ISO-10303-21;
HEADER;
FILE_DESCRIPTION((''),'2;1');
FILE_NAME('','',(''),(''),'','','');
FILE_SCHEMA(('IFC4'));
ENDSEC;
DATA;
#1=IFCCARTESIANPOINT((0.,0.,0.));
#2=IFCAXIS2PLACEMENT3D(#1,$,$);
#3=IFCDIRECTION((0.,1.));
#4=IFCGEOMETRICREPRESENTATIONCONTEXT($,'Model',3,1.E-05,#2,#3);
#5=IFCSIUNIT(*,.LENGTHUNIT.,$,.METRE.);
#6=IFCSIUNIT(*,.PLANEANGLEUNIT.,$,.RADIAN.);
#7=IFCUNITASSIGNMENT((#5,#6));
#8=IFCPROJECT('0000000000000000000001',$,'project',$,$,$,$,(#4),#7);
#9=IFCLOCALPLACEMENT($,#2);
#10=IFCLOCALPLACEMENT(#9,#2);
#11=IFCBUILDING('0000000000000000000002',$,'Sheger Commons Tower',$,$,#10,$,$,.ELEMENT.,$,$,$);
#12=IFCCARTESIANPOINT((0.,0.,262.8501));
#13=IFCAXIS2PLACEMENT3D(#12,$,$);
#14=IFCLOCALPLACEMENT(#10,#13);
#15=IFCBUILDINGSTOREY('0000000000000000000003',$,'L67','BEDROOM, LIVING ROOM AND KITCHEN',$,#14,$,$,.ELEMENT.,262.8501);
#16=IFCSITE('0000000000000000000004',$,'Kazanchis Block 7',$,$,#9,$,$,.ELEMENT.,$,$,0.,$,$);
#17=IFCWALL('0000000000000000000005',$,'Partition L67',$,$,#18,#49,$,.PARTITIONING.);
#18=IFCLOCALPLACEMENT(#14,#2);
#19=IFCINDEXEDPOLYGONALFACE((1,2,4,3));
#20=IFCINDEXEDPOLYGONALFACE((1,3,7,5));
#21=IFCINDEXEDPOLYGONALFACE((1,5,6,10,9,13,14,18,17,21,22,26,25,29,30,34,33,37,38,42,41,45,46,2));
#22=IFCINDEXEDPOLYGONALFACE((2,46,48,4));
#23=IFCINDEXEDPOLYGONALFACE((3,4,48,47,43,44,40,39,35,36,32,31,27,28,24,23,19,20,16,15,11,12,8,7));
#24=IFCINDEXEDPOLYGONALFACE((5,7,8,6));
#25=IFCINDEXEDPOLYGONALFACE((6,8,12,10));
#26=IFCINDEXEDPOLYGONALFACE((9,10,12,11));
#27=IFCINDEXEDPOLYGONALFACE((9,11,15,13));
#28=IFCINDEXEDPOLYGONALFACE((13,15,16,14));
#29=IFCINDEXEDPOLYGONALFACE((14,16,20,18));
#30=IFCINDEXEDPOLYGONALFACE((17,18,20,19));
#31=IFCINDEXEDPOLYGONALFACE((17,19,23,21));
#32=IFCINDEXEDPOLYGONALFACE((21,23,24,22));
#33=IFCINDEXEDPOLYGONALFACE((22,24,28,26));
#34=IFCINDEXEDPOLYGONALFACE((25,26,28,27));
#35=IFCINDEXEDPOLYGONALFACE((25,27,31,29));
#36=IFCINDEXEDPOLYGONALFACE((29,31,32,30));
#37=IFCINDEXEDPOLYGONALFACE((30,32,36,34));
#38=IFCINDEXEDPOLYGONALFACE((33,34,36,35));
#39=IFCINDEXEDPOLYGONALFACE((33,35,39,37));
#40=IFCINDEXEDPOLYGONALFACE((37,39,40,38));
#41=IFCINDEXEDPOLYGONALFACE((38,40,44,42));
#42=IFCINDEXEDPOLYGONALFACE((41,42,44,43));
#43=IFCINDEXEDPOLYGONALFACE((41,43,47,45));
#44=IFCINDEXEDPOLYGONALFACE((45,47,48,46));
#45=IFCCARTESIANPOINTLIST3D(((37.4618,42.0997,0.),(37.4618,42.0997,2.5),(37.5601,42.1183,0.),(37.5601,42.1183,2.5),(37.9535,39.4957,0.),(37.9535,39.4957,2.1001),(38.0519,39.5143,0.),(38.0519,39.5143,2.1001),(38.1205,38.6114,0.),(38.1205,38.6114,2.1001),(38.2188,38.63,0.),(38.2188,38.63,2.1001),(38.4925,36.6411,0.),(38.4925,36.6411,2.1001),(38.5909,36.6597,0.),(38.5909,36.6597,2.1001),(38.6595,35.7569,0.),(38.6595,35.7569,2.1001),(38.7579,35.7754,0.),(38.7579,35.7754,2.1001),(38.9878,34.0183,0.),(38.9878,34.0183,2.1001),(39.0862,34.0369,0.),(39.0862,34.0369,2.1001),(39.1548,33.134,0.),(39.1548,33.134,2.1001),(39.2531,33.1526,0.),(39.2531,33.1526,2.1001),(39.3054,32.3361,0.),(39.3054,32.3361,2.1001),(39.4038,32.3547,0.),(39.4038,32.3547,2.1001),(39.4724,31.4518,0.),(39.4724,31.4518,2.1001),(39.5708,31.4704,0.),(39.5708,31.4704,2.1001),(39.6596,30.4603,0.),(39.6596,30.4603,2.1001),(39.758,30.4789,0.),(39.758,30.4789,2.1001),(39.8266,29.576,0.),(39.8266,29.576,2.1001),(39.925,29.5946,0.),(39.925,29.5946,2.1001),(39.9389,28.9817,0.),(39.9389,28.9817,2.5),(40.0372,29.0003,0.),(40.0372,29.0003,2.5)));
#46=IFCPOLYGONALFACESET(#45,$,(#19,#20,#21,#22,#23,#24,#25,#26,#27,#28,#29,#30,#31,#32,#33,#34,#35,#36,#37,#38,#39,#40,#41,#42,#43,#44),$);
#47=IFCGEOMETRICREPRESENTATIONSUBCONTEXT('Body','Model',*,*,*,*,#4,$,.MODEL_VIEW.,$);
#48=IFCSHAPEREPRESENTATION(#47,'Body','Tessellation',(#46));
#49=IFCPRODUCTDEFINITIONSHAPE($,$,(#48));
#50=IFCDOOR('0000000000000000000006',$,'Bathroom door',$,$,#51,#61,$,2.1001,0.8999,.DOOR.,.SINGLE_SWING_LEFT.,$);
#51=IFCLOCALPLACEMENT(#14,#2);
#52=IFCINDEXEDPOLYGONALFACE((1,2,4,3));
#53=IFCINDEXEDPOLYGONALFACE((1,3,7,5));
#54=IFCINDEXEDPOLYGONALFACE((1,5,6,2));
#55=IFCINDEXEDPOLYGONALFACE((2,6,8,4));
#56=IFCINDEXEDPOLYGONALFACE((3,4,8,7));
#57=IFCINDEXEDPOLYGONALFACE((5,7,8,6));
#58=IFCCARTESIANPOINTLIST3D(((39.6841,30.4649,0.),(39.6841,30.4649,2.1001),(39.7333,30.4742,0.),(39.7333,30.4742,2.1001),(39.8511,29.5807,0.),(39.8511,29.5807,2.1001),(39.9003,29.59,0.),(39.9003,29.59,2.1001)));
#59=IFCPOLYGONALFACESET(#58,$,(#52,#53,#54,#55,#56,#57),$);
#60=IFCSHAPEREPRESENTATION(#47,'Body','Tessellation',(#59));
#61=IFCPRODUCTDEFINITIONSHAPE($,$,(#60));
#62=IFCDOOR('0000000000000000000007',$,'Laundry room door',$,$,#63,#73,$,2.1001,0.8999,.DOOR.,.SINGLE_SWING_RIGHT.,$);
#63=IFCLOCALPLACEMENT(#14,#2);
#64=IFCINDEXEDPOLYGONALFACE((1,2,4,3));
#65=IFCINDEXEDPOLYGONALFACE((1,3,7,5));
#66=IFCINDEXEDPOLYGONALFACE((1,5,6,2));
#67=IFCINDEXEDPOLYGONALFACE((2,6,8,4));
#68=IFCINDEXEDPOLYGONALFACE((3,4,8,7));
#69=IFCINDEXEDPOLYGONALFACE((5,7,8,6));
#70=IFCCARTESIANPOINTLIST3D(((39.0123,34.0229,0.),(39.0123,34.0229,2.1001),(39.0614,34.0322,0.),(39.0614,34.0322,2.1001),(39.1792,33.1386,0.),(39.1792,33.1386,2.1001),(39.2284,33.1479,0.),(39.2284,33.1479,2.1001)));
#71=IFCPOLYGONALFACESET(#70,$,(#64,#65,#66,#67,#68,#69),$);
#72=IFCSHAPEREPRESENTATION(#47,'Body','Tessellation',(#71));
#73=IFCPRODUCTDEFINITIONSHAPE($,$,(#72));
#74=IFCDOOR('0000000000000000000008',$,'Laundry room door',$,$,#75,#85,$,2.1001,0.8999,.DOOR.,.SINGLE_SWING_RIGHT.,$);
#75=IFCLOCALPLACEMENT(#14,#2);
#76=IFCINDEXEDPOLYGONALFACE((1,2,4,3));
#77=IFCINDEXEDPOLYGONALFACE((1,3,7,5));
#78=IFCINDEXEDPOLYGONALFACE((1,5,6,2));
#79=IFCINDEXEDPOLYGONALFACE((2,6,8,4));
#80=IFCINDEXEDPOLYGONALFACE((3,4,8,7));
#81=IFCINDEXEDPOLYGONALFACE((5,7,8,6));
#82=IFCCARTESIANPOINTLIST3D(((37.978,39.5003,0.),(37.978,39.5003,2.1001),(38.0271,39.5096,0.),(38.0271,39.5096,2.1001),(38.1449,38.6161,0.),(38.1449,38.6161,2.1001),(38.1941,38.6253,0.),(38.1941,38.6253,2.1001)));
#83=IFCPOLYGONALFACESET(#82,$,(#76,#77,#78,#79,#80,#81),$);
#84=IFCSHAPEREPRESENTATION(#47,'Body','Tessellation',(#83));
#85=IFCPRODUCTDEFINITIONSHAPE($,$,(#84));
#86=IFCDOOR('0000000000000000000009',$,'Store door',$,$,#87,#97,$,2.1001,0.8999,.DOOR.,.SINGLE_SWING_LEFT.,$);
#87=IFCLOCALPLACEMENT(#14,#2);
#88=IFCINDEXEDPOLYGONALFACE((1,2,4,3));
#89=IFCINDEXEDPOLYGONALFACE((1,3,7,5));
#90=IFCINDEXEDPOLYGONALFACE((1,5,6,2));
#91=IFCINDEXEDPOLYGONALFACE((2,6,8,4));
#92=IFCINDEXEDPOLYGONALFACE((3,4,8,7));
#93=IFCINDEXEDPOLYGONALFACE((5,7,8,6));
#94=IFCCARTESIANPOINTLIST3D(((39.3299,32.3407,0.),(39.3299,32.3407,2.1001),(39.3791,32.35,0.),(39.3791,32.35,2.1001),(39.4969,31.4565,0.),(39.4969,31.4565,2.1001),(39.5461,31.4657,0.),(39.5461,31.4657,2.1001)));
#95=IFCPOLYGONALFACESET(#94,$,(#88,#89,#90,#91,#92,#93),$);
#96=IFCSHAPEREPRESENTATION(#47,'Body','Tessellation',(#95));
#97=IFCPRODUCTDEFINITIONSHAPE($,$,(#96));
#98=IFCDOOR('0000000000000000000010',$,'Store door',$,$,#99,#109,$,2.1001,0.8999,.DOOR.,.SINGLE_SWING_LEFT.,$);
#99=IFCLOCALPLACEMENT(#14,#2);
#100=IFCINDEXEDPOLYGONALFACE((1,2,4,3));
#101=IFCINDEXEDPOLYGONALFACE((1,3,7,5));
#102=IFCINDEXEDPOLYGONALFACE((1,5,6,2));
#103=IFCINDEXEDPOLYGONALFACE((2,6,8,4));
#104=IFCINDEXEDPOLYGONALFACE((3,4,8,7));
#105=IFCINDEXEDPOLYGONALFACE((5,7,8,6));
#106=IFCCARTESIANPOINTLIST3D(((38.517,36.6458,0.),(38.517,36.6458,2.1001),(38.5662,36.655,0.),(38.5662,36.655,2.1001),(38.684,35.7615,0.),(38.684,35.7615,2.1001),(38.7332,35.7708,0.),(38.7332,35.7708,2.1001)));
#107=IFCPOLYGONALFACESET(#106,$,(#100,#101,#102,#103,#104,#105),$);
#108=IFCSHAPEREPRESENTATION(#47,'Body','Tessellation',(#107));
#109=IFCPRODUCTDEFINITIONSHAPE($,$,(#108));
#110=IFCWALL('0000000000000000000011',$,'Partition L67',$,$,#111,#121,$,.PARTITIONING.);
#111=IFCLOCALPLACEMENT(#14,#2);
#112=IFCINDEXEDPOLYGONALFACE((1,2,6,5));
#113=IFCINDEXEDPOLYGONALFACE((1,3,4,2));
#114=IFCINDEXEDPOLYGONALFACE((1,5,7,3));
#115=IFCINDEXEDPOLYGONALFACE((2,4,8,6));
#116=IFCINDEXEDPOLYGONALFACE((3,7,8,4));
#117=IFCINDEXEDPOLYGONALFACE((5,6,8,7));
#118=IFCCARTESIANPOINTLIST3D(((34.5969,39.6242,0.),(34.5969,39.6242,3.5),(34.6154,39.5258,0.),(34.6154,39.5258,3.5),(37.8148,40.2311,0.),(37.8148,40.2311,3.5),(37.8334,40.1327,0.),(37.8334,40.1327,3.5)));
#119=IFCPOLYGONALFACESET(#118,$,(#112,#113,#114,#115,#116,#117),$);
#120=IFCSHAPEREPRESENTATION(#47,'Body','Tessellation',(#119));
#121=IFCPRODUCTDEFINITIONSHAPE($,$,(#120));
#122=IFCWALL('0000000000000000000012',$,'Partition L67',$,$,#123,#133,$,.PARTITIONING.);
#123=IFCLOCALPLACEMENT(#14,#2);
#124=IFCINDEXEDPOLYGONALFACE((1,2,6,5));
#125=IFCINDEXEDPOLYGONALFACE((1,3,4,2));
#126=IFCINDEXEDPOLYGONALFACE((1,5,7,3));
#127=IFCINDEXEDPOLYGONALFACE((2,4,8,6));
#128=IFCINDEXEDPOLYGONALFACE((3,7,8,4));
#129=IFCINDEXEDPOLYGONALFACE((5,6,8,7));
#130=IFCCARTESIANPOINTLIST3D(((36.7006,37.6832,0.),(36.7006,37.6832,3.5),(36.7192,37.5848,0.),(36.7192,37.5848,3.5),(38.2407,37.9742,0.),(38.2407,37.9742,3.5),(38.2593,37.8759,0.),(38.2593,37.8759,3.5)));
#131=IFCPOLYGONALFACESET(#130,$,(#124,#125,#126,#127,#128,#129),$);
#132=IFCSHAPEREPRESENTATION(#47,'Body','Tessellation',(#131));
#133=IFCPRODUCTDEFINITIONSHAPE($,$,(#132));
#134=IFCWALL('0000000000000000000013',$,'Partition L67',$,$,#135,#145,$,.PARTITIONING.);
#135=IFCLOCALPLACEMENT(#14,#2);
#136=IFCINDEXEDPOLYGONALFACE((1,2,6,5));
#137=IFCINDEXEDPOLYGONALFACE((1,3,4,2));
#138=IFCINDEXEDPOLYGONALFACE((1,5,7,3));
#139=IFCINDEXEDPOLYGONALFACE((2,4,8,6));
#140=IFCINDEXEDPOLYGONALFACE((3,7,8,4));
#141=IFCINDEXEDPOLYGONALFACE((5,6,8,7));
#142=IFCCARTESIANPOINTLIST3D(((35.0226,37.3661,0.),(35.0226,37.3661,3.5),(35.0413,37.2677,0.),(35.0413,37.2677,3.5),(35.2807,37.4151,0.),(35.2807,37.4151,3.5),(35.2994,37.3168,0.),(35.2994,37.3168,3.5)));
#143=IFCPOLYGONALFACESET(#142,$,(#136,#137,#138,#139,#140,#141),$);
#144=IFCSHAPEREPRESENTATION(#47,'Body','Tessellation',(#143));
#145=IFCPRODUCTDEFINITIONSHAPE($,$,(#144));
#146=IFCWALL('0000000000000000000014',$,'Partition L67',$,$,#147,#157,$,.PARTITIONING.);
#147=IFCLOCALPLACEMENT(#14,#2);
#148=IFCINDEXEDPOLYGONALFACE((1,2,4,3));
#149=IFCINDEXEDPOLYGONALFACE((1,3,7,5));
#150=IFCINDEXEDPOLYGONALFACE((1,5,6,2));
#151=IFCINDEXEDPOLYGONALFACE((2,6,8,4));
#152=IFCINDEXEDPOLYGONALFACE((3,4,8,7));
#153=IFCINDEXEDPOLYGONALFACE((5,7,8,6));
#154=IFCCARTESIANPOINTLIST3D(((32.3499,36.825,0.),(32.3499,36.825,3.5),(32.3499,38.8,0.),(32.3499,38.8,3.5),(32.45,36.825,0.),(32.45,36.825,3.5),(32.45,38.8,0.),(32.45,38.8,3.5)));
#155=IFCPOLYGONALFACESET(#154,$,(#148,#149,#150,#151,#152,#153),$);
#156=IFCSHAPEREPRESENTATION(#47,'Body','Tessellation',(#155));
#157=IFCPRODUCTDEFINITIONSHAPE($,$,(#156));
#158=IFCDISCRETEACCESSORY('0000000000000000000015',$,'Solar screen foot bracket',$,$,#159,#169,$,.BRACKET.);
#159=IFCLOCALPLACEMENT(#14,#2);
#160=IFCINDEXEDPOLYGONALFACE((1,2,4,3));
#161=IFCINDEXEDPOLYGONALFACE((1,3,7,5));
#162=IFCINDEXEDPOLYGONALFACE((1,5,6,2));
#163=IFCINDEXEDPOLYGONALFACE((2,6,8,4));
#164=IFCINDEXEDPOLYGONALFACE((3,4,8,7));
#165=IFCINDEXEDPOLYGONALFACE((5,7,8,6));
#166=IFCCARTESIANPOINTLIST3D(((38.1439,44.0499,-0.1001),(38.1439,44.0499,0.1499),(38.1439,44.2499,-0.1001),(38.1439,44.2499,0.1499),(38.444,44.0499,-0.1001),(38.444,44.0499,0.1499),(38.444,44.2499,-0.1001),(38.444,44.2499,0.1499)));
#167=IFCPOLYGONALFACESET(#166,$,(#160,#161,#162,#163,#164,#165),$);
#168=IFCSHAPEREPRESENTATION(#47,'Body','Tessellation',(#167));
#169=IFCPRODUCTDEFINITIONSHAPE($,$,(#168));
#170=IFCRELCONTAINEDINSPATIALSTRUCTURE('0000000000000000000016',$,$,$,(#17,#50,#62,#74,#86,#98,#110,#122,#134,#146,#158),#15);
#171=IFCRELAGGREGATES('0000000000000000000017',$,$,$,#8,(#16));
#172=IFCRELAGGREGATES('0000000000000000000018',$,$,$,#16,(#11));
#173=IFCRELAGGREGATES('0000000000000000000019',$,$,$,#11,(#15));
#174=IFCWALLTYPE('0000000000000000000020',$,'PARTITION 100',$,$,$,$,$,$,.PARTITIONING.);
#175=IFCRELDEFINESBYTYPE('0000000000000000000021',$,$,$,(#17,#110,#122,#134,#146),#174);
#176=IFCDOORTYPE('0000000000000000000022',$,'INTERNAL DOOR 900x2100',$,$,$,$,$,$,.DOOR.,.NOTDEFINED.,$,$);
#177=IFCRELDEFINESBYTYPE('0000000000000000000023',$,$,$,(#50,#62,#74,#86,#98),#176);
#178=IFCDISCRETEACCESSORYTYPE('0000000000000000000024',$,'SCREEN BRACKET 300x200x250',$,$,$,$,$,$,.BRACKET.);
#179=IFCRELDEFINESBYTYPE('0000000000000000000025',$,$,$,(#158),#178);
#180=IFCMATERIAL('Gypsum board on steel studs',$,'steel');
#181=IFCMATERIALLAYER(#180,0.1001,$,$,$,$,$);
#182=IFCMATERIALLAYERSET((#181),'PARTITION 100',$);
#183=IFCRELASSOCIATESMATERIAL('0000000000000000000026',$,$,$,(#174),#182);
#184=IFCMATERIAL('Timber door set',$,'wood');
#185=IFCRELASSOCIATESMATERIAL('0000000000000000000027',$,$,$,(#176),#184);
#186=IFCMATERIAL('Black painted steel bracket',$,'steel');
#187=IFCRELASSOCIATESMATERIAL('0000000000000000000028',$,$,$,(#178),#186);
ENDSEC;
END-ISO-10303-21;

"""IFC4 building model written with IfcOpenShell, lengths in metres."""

from ifc_helpers import new_model, si_unit, direction, frame, frame_2d, origin, origin_2d, place, context, subcontext, project, spatial, rectangle, extrude, material, layer, layer_set, type_object, element, fill, save


model = new_model("IFC4")

# Units and contexts
model_context = context("Model", 3, precision=1e-05, world=origin(), true_north=direction((0.0, 1.0)))
body_context = subcontext(model_context, "Body", "Model", "MODEL_VIEW")
ifc_project = project(units=[si_unit("LENGTHUNIT", "METRE"), si_unit("PLANEANGLEUNIT", "RADIAN")], contexts=[model_context])

# Site, building, storey
site_placement = place(None, origin())
site = spatial("IfcSite", under=ifc_project, at=site_placement, Name="Kazanchis Block 7", CompositionType="ELEMENT", RefElevation=0.0)
building_placement = place(site_placement, origin())
building = spatial("IfcBuilding", under=site, at=building_placement, Name="Sheger Commons Tower", CompositionType="ELEMENT")
storey_placement = place(building_placement, frame((0.0, 0.0, 262.8501)))
storey = spatial("IfcBuildingStorey", under=building, at=storey_placement, Name="L67", Description="BEDROOM, LIVING ROOM AND KITCHEN", CompositionType="ELEMENT", Elevation=262.8501)

# Shared definitions
ifc_material_1 = material(Name="Gypsum board on steel studs", Category="steel")
ifc_layer_1 = layer(ifc_material_1, 0.1001)
ifc_layer_set_1 = layer_set([ifc_layer_1], Name="PARTITION 100")
wall_type_1 = type_object("IfcWallType", Name="PARTITION 100", PredefinedType="PARTITIONING", material=ifc_layer_set_1)

# Wall, openings, doors
wall_1_placement = place(storey_placement, frame((37.511, 42.1089, 0.0), z_axis=(0.0, 0.0, 1.0), x_axis=(0.18555, -0.982635, 0.0)))
wall_1 = element("IfcWall", 1, at=wall_1_placement, inside=storey, type_object=wall_type_1, Name="Partition L67", PredefinedType="PARTITIONING", context=body_context, shape_type="SweptSolid", body=[
    extrude(rectangle(XDim=13.3499, YDim=0.1001, at=frame_2d((6.6748, 0.0))), origin(), (0.0, 0.0, 1.0), 2.5),
])
opening_1_placement = place(wall_1_placement, frame((11.845, 0.0, 0.0)))
opening_1 = element("IfcOpeningElement", 2, at=opening_1_placement, cuts=wall_1, PredefinedType="OPENING", context=body_context, shape_type="SweptSolid", body=[
    extrude(rectangle(XDim=0.8999, YDim=2.1001, at=frame_2d((0.45, 1.05))), frame((0.0, 0.0601, 0.0), z_axis=(0.0, -1.0, 0.0), x_axis=(1.0, 0.0, 0.0)), (0.0, 0.0, 1.0), 0.1201),
])
opening_2_placement = place(wall_1_placement, frame((8.2241, 0.0, 0.0)))
opening_2 = element("IfcOpeningElement", 3, at=opening_2_placement, cuts=wall_1, PredefinedType="OPENING", context=body_context, shape_type="SweptSolid", body=[
    extrude(rectangle(XDim=0.8999, YDim=2.1001, at=frame_2d((0.45, 1.05))), frame((0.0, 0.0601, 0.0), z_axis=(0.0, -1.0, 0.0), x_axis=(1.0, 0.0, 0.0)), (0.0, 0.0, 1.0), 0.1201),
])
opening_3_placement = place(wall_1_placement, frame((2.6499, 0.0, 0.0)))
opening_3 = element("IfcOpeningElement", 4, at=opening_3_placement, cuts=wall_1, PredefinedType="OPENING", context=body_context, shape_type="SweptSolid", body=[
    extrude(rectangle(XDim=0.8999, YDim=2.1001, at=frame_2d((0.45, 1.05))), frame((0.0, 0.0601, 0.0), z_axis=(0.0, -1.0, 0.0), x_axis=(1.0, 0.0, 0.0)), (0.0, 0.0, 1.0), 0.1201),
])
opening_4_placement = place(wall_1_placement, frame((9.936, 0.0, 0.0)))
opening_4 = element("IfcOpeningElement", 5, at=opening_4_placement, cuts=wall_1, PredefinedType="OPENING", context=body_context, shape_type="SweptSolid", body=[
    extrude(rectangle(XDim=0.8999, YDim=2.1001, at=frame_2d((0.45, 1.05))), frame((0.0, 0.0601, 0.0), z_axis=(0.0, -1.0, 0.0), x_axis=(1.0, 0.0, 0.0)), (0.0, 0.0, 1.0), 0.1201),
])
opening_5_placement = place(wall_1_placement, frame((5.5549, 0.0, 0.0)))
opening_5 = element("IfcOpeningElement", 6, at=opening_5_placement, cuts=wall_1, PredefinedType="OPENING", context=body_context, shape_type="SweptSolid", body=[
    extrude(rectangle(XDim=0.8999, YDim=2.1001, at=frame_2d((0.45, 1.05))), frame((0.0, 0.0601, 0.0), z_axis=(0.0, -1.0, 0.0), x_axis=(1.0, 0.0, 0.0)), (0.0, 0.0, 1.0), 0.1201),
])
ifc_material_2 = material(Name="Timber door set", Category="wood")
door_type_1 = type_object("IfcDoorType", Name="INTERNAL DOOR 900x2100", OperationType="NOTDEFINED", PredefinedType="DOOR", material=ifc_material_2)
door_1_placement = place(opening_1_placement, origin())
door_1 = element("IfcDoor", 7, at=door_1_placement, inside=storey, type_object=door_type_1, Name="Bathroom door", OperationType="SINGLE_SWING_LEFT", OverallHeight=2.1001, OverallWidth=0.8999, PredefinedType="DOOR", context=body_context, shape_type="SweptSolid", body=[
    extrude(rectangle(XDim=0.8999, YDim=2.1001, at=frame_2d((0.45, 1.05))), frame((0.0, 0.0249, 0.0), z_axis=(0.0, -1.0, 0.0), x_axis=(1.0, 0.0, 0.0)), (0.0, 0.0, 1.0), 0.05),
])
fill(opening_1, door_1)
door_2_placement = place(opening_2_placement, origin())
door_2 = element("IfcDoor", 8, at=door_2_placement, inside=storey, type_object=door_type_1, Name="Laundry room door", OperationType="SINGLE_SWING_RIGHT", OverallHeight=2.1001, OverallWidth=0.8999, PredefinedType="DOOR", context=body_context, shape_type="SweptSolid", body=[
    extrude(rectangle(XDim=0.8999, YDim=2.1001, at=frame_2d((0.45, 1.05))), frame((0.0, 0.0249, 0.0), z_axis=(0.0, -1.0, 0.0), x_axis=(1.0, 0.0, 0.0)), (0.0, 0.0, 1.0), 0.05),
])
fill(opening_2, door_2)
door_3_placement = place(opening_3_placement, origin())
door_3 = element("IfcDoor", 9, at=door_3_placement, inside=storey, type_object=door_type_1, Name="Laundry room door", OperationType="SINGLE_SWING_RIGHT", OverallHeight=2.1001, OverallWidth=0.8999, PredefinedType="DOOR", context=body_context, shape_type="SweptSolid", body=[
    extrude(rectangle(XDim=0.8999, YDim=2.1001, at=frame_2d((0.45, 1.05))), frame((0.0, 0.0249, 0.0), z_axis=(0.0, -1.0, 0.0), x_axis=(1.0, 0.0, 0.0)), (0.0, 0.0, 1.0), 0.05),
])
fill(opening_3, door_3)
door_4_placement = place(opening_4_placement, origin())
door_4 = element("IfcDoor", 10, at=door_4_placement, inside=storey, type_object=door_type_1, Name="Store door", OperationType="SINGLE_SWING_LEFT", OverallHeight=2.1001, OverallWidth=0.8999, PredefinedType="DOOR", context=body_context, shape_type="SweptSolid", body=[
    extrude(rectangle(XDim=0.8999, YDim=2.1001, at=frame_2d((0.45, 1.05))), frame((0.0, 0.0249, 0.0), z_axis=(0.0, -1.0, 0.0), x_axis=(1.0, 0.0, 0.0)), (0.0, 0.0, 1.0), 0.05),
])
fill(opening_4, door_4)
door_5_placement = place(opening_5_placement, origin())
door_5 = element("IfcDoor", 11, at=door_5_placement, inside=storey, type_object=door_type_1, Name="Store door", OperationType="SINGLE_SWING_LEFT", OverallHeight=2.1001, OverallWidth=0.8999, PredefinedType="DOOR", context=body_context, shape_type="SweptSolid", body=[
    extrude(rectangle(XDim=0.8999, YDim=2.1001, at=frame_2d((0.45, 1.05))), frame((0.0, 0.0249, 0.0), z_axis=(0.0, -1.0, 0.0), x_axis=(1.0, 0.0, 0.0)), (0.0, 0.0, 1.0), 0.05),
])
fill(opening_5, door_5)

# Walls
wall_2_placement = place(storey_placement, frame((37.824, 40.1819, 0.0), z_axis=(0.0, 0.0, 1.0), x_axis=(-0.982675, -0.185337, 0.0)))
element("IfcWall", 12, at=wall_2_placement, inside=storey, type_object=wall_type_1, Name="Partition L67", PredefinedType="PARTITIONING", context=body_context, shape_type="SweptSolid", body=[
    extrude(rectangle(XDim=3.2747, YDim=0.1001, at=frame_2d((1.6372, 0.0))), origin(), (0.0, 0.0, 1.0), 3.5),
])
wall_3_placement = place(storey_placement, frame((38.25, 37.925, 0.0), z_axis=(0.0, 0.0, 1.0), x_axis=(-0.98261, -0.18568, 0.0)))
element("IfcWall", 13, at=wall_3_placement, inside=storey, type_object=wall_type_1, Name="Partition L67", PredefinedType="PARTITIONING", context=body_context, shape_type="SweptSolid", body=[
    extrude(rectangle(XDim=1.5674, YDim=0.1001, at=frame_2d((0.7837, 0.0))), origin(), (0.0, 0.0, 1.0), 3.5),
])
wall_4_placement = place(storey_placement, frame((35.29, 37.366, 0.0), z_axis=(0.0, 0.0, 1.0), x_axis=(-0.982395, -0.186813, 0.0)))
element("IfcWall", 14, at=wall_4_placement, inside=storey, type_object=wall_type_1, Name="Partition L67", PredefinedType="PARTITIONING", context=body_context, shape_type="SweptSolid", body=[
    extrude(rectangle(XDim=0.2627, YDim=0.1001, at=frame_2d((0.1313, 0.0))), origin(), (0.0, 0.0, 1.0), 3.5),
])
wall_5_placement = place(storey_placement, frame((32.3999, 36.825, 0.0), z_axis=(0.0, 0.0, 1.0), x_axis=(0.0, 1.0, 0.0)))
element("IfcWall", 15, at=wall_5_placement, inside=storey, type_object=wall_type_1, Name="Partition L67", PredefinedType="PARTITIONING", context=body_context, shape_type="SweptSolid", body=[
    extrude(rectangle(XDim=1.9751, YDim=0.1001, at=frame_2d((0.9875, 0.0))), origin(), (0.0, 0.0, 1.0), 3.5),
])

# Discrete accessory
ifc_material_3 = material(Name="Black painted steel bracket", Category="steel")
discrete_accessory_type = type_object("IfcDiscreteAccessoryType", Name="SCREEN BRACKET 300x200x250", PredefinedType="BRACKET", material=ifc_material_3)
for number, where, z_axis, x_axis, name in (
    (16, (38.2939, 44.1499, -0.1001), (0.0, 0.0, 1.0), (-1.0, 0.0, 0.0), "Solar screen foot bracket"),
):
    element("IfcDiscreteAccessory", number, at=place(storey_placement, frame(where, z_axis=z_axis, x_axis=x_axis)), inside=storey, type_object=discrete_accessory_type, Name=name, PredefinedType="BRACKET", context=body_context, shape_type="SweptSolid", body=[
        extrude(rectangle(XDim=0.3, YDim=0.2, at=origin_2d()), origin(), (0.0, 0.0, 1.0), 0.25),
    ])

save(model, "model.ifc")
